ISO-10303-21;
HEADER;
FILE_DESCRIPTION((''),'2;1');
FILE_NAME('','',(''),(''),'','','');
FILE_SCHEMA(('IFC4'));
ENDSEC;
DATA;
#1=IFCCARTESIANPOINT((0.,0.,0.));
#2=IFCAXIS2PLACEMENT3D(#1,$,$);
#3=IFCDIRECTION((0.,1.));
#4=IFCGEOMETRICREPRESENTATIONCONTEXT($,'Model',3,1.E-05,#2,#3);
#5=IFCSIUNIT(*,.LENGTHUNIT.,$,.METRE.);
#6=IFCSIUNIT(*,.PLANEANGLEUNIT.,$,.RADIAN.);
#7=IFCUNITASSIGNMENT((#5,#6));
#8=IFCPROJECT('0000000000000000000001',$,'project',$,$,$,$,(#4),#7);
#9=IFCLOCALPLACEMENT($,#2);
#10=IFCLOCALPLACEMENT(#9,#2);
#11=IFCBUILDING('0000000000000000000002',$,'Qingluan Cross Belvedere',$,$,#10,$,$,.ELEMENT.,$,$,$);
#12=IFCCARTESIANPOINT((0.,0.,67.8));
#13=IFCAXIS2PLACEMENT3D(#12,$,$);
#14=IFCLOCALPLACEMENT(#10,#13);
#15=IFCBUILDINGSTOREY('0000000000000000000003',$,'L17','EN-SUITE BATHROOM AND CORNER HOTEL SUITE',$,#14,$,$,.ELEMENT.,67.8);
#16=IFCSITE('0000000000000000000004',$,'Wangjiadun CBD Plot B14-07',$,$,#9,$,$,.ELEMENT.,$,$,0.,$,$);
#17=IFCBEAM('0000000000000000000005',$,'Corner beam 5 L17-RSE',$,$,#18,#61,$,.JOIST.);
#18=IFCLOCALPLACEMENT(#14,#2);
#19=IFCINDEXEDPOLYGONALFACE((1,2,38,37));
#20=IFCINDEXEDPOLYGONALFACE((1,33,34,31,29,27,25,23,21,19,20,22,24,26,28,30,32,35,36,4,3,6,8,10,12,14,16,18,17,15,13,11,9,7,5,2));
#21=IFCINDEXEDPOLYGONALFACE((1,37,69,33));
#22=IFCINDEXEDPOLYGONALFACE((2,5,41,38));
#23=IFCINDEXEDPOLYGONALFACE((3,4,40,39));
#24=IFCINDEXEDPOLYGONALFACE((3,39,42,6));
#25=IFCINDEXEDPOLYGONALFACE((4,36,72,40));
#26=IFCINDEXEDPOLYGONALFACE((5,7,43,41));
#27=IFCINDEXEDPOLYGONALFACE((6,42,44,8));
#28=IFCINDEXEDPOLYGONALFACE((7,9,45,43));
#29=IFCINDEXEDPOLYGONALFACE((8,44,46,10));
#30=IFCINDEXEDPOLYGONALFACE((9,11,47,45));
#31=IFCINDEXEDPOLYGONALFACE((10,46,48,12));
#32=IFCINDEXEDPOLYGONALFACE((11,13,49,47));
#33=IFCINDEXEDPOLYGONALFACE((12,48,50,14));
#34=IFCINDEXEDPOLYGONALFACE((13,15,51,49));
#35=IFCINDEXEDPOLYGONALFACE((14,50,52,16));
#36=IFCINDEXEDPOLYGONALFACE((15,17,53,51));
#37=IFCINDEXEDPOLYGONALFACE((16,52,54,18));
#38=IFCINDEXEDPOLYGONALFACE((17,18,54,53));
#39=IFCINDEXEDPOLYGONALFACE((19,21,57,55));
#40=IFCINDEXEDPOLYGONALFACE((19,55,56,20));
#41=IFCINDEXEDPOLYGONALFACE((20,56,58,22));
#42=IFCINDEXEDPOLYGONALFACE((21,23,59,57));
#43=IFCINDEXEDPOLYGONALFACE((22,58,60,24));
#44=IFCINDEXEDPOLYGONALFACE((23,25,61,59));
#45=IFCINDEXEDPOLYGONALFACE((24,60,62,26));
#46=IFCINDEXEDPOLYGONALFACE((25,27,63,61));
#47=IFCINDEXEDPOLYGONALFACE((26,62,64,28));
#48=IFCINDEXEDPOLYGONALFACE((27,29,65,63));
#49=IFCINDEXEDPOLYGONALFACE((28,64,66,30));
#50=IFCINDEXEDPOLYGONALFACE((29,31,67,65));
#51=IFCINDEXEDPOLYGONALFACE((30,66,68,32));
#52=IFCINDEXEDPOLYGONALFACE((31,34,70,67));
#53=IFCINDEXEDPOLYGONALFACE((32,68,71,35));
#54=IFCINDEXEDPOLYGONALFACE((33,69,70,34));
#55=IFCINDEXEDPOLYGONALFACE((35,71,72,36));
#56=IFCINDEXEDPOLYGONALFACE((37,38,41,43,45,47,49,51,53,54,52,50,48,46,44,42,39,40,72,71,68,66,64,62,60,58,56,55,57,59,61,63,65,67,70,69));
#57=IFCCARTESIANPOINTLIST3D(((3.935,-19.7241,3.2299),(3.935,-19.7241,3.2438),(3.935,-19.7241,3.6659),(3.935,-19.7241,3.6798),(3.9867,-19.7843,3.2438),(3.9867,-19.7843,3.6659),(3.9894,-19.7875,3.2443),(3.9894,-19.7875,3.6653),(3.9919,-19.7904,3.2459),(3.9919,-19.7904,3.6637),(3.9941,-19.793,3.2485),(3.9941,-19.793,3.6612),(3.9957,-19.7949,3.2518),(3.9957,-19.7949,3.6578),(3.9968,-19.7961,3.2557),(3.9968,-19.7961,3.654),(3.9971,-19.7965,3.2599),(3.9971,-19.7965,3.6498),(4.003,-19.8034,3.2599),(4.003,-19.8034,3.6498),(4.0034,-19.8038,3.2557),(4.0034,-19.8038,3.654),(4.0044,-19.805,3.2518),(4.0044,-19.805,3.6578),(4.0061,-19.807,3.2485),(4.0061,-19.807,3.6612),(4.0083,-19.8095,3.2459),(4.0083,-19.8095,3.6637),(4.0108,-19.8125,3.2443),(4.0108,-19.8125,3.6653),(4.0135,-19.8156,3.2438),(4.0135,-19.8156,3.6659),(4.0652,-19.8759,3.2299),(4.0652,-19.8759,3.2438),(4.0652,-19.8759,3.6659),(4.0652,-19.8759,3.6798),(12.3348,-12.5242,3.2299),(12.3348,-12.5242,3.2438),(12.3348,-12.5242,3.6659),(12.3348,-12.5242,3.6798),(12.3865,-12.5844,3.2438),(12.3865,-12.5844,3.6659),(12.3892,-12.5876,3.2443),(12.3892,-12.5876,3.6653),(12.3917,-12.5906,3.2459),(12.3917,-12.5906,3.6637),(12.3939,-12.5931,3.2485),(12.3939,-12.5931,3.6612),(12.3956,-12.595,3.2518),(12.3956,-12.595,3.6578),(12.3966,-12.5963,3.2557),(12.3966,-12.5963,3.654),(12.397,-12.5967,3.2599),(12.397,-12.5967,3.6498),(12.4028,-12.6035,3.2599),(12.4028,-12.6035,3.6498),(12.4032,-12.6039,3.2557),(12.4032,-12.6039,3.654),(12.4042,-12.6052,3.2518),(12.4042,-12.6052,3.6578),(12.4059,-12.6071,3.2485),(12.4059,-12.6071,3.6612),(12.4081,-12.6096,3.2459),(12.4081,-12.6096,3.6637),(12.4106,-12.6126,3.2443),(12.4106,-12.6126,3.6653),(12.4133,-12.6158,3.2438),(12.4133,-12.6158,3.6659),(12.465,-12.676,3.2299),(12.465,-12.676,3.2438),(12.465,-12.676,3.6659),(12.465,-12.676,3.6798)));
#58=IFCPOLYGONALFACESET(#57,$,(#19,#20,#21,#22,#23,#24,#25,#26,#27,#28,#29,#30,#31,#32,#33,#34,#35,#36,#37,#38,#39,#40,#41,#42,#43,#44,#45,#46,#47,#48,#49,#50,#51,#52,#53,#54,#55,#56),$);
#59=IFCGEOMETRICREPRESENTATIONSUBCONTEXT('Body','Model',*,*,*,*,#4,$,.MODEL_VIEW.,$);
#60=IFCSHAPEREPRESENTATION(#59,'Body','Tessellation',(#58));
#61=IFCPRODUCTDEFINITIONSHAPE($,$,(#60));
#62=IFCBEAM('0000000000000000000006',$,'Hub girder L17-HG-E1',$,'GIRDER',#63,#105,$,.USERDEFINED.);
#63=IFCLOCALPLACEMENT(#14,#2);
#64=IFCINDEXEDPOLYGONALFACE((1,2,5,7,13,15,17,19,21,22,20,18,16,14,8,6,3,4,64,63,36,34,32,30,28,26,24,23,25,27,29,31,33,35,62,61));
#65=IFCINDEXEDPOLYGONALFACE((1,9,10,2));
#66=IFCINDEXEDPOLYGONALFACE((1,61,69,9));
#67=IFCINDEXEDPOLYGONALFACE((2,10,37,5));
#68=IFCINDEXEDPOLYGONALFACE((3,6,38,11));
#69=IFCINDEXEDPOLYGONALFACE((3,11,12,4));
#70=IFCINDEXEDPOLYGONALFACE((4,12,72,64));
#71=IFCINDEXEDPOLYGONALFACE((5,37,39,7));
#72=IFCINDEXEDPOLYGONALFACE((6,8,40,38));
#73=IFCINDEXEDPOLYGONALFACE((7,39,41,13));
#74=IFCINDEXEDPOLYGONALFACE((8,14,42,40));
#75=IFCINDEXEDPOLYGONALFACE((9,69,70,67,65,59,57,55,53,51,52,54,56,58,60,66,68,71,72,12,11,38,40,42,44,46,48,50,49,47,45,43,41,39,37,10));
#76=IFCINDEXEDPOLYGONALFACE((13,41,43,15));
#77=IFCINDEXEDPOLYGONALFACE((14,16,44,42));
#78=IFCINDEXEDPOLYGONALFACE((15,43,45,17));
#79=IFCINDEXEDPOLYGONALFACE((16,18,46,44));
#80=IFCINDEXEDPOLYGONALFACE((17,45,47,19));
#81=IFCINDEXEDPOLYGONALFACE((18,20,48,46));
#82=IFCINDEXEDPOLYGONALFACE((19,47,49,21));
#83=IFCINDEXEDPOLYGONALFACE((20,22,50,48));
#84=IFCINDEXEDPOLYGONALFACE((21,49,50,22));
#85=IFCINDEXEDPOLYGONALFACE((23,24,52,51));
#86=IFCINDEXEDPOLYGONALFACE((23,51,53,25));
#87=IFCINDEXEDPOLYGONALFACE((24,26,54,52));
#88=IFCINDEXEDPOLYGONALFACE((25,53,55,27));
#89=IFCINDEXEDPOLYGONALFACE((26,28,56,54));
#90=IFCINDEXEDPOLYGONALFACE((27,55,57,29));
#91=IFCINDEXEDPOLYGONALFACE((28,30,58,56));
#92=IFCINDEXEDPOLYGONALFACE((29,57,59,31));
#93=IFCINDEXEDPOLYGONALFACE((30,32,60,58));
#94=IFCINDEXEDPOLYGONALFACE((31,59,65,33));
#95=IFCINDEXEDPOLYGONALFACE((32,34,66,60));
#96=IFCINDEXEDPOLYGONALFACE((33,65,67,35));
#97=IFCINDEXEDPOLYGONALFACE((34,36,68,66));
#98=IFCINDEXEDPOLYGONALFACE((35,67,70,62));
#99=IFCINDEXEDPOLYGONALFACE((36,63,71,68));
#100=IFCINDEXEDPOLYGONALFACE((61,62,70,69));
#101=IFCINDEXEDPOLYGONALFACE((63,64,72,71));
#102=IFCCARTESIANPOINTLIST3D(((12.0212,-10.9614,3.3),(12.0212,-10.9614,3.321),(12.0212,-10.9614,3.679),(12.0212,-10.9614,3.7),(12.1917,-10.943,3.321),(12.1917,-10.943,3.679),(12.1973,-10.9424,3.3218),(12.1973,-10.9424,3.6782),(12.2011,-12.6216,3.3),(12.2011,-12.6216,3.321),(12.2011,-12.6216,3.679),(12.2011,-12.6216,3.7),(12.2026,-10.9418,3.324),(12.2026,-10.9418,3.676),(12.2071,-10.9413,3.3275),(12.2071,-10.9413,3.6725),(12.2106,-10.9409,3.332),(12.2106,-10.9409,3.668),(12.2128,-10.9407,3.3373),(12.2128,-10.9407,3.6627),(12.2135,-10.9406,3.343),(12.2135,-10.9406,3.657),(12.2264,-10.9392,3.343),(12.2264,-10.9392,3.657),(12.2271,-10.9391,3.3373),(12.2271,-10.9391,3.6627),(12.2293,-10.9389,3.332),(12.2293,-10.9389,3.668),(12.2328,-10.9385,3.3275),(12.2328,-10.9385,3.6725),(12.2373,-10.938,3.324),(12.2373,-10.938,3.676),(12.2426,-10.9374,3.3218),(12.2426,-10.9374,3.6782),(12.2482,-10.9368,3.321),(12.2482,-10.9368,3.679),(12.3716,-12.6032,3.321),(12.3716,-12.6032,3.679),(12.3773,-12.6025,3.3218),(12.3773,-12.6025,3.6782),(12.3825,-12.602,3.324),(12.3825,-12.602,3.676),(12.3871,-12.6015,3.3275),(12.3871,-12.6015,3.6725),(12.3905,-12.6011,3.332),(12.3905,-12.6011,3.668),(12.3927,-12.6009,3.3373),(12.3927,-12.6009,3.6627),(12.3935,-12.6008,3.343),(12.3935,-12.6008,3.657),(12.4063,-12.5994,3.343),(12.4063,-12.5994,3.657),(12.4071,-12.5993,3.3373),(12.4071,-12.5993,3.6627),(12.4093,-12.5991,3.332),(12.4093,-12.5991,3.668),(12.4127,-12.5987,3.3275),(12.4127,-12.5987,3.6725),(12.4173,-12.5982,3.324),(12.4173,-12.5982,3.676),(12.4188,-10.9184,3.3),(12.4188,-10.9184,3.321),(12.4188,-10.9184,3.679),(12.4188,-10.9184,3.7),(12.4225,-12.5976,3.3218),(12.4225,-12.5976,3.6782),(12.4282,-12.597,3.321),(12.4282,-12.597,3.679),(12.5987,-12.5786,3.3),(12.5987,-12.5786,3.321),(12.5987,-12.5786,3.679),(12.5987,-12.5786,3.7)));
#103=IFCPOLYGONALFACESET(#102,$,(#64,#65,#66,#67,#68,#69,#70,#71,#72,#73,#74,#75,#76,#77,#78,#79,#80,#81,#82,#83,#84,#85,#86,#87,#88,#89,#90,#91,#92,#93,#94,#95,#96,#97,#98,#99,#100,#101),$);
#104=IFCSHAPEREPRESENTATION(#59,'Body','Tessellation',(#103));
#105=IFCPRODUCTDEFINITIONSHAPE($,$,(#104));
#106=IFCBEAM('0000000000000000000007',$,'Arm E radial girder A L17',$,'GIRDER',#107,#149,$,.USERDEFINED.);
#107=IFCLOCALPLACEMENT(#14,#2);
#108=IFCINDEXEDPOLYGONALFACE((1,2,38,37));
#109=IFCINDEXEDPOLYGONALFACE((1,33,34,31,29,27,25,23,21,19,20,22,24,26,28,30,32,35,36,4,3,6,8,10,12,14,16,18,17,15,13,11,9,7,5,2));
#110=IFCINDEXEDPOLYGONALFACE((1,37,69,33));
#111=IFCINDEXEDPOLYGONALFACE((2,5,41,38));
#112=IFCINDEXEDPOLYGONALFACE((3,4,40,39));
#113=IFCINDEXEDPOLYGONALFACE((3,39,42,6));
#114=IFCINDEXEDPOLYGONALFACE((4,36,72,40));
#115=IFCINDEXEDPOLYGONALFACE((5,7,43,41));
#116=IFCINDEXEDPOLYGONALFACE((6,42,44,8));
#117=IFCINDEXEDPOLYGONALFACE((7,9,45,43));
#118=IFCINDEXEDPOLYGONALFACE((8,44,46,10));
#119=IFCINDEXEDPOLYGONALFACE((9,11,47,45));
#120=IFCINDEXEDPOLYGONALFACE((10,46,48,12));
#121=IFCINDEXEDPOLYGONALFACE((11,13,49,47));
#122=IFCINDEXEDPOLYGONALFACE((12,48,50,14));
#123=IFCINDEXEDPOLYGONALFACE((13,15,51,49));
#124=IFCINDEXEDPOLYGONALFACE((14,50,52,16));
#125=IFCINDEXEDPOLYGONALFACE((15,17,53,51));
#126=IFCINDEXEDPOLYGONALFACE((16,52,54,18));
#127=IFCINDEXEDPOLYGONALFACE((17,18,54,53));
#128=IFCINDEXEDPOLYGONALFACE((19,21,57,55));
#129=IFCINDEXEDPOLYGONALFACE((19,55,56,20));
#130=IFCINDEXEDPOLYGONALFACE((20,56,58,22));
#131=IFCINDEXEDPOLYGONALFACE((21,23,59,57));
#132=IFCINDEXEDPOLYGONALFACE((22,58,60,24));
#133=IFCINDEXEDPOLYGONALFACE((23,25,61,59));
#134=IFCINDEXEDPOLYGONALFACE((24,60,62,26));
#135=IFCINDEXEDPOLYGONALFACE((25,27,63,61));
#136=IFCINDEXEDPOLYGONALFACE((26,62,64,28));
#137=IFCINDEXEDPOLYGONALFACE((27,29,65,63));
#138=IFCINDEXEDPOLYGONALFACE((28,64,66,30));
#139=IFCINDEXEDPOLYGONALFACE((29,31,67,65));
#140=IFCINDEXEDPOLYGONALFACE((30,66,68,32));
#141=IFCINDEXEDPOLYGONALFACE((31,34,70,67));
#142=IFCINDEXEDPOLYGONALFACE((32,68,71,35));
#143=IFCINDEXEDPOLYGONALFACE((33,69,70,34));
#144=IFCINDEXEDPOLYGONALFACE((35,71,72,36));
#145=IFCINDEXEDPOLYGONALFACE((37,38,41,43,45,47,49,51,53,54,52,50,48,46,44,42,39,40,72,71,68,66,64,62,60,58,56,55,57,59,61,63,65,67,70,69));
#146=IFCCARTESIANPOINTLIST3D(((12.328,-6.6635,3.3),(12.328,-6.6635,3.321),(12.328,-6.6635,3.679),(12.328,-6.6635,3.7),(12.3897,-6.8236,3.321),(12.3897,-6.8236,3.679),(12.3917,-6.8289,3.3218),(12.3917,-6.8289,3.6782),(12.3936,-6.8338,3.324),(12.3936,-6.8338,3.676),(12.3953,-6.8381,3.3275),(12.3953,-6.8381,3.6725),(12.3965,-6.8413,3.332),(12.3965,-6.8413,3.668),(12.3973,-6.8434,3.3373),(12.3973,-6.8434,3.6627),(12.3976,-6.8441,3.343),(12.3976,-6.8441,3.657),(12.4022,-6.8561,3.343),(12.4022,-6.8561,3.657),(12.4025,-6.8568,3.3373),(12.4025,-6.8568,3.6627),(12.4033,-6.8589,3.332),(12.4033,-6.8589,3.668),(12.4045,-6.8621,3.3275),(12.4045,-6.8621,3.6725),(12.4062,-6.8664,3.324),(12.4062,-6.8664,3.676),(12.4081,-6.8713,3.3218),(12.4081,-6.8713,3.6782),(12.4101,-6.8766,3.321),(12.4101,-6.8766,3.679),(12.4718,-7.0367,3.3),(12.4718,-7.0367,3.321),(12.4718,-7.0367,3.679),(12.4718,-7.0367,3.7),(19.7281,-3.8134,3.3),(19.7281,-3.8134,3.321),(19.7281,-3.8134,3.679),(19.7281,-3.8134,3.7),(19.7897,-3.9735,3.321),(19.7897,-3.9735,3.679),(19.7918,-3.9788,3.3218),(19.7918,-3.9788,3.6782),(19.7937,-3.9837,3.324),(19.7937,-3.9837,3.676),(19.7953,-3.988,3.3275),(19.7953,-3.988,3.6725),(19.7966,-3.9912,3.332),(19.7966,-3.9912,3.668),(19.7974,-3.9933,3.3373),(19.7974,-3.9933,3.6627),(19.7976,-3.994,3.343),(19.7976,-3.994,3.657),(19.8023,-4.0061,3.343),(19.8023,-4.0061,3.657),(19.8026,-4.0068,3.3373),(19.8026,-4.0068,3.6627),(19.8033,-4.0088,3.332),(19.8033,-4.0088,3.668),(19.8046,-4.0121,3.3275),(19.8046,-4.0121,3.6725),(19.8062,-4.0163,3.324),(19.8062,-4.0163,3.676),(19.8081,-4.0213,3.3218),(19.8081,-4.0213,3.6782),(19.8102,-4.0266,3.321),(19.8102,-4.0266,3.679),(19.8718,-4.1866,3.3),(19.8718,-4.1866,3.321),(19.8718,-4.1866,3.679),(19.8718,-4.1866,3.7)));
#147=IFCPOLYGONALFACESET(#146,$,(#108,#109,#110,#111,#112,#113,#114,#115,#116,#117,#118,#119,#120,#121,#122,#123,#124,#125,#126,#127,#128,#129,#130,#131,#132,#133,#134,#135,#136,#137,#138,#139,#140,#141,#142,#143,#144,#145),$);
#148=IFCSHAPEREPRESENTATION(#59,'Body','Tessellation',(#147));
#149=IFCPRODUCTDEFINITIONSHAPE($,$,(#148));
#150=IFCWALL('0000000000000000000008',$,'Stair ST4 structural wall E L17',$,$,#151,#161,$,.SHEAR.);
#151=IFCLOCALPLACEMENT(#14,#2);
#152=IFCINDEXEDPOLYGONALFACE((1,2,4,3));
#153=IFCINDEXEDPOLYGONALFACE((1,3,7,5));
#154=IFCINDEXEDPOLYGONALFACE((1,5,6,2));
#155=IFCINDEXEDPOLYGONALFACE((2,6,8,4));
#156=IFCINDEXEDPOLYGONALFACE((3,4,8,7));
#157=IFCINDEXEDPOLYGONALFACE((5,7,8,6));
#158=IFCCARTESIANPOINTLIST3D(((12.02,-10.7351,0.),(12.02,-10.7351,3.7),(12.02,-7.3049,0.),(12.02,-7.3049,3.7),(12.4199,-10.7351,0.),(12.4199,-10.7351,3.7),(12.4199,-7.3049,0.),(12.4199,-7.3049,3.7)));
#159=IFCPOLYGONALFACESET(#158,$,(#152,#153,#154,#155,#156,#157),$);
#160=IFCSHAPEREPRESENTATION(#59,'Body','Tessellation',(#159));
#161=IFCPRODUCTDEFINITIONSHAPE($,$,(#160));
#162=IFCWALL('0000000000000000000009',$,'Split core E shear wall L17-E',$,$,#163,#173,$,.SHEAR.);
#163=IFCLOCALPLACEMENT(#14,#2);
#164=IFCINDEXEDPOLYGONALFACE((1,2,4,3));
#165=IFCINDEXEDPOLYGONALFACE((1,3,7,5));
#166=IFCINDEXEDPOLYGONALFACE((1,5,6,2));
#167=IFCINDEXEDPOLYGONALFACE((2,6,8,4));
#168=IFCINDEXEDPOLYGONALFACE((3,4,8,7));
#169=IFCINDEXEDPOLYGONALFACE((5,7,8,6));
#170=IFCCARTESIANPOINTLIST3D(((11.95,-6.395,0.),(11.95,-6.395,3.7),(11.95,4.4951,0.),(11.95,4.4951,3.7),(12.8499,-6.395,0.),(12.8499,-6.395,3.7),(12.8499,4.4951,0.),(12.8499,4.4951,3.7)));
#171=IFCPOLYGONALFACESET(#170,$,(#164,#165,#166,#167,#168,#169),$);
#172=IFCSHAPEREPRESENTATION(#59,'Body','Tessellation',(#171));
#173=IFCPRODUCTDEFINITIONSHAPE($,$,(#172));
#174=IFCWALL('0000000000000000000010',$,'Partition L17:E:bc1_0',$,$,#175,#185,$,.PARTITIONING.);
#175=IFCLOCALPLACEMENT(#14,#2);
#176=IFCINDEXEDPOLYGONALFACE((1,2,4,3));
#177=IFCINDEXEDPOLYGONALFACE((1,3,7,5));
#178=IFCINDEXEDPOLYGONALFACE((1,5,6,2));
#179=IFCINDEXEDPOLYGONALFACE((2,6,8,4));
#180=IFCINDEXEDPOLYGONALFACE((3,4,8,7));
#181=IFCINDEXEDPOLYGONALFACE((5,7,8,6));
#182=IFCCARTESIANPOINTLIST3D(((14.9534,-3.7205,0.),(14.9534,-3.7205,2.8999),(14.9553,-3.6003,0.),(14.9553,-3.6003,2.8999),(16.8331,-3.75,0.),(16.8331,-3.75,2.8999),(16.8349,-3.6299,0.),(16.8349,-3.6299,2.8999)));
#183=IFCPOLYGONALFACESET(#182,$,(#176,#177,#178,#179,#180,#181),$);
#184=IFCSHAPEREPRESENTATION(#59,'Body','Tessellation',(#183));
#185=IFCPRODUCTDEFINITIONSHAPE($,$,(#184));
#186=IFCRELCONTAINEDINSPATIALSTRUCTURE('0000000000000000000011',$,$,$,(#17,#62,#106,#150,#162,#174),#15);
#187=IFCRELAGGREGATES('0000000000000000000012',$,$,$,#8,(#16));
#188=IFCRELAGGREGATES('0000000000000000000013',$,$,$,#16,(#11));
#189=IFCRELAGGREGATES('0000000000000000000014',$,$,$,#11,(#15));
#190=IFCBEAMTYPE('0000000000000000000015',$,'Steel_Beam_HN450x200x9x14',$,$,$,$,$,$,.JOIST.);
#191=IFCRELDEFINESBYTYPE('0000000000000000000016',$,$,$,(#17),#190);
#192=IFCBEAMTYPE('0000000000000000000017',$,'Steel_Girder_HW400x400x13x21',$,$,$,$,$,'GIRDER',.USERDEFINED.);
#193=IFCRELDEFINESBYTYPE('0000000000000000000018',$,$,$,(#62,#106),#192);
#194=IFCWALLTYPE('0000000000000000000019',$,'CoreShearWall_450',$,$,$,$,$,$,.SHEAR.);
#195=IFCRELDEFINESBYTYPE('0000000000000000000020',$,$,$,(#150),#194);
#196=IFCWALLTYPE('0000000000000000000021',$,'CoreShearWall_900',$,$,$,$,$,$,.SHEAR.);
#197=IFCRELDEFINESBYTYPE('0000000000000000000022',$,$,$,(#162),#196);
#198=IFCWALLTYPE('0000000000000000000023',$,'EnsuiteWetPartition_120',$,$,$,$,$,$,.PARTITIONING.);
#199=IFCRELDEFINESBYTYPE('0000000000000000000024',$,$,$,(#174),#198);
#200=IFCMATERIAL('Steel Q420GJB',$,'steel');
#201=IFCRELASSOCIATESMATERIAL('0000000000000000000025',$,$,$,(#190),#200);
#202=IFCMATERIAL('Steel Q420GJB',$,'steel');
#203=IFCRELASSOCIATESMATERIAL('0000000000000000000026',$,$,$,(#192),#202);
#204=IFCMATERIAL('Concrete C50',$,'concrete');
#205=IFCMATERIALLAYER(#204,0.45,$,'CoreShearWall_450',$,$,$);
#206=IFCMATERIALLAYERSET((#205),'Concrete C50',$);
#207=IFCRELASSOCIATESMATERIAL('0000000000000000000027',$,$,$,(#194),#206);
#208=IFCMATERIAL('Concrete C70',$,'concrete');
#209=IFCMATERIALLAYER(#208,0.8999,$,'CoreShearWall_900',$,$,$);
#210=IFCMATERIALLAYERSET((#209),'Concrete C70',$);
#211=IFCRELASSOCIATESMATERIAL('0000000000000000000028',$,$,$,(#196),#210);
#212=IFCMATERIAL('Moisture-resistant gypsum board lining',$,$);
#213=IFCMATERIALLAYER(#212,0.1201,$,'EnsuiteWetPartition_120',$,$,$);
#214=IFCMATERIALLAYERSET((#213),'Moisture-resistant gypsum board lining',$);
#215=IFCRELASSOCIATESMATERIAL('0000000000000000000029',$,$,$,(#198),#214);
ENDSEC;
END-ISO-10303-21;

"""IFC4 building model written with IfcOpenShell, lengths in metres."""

from ifc_helpers import new_model, si_unit, direction, frame, frame_2d, origin, origin_2d, place, context, subcontext, project, spatial, rectangle, i_section, extrude, material, layer, layer_set, material_profile, profile_set, type_object, element, save


model = new_model("IFC4")

# Units and contexts
model_context = context("Model", 3, precision=1e-05, world=origin(), true_north=direction((0.0, 1.0)))
body_context = subcontext(model_context, "Body", "Model", "MODEL_VIEW")
ifc_project = project(units=[si_unit("LENGTHUNIT", "METRE"), si_unit("PLANEANGLEUNIT", "RADIAN")], contexts=[model_context])

# Site, building, storey
site_placement = place(None, origin())
site = spatial("IfcSite", under=ifc_project, at=site_placement, Name="Wangjiadun CBD Plot B14-07", CompositionType="ELEMENT", RefElevation=0.0)
building_placement = place(site_placement, origin())
building = spatial("IfcBuilding", under=site, at=building_placement, Name="Qingluan Cross Belvedere", CompositionType="ELEMENT")
storey_placement = place(building_placement, frame((0.0, 0.0, 67.8)))
storey = spatial("IfcBuildingStorey", under=building, at=storey_placement, Name="L17", Description="EN-SUITE BATHROOM AND CORNER HOTEL SUITE", CompositionType="ELEMENT", Elevation=67.8)

# Beams
ifc_material_1 = material(Name="Steel Q420GJB", Category="steel")
ifc_material_profile_1 = material_profile(ifc_material_1, i_section(OverallWidth=0.2, OverallDepth=0.45, WebThickness=0.009, FlangeThickness=0.0139, FilletRadius=0.0161, at=origin_2d()), Name="HN450x200x9x14")
ifc_profile_set_1 = profile_set([ifc_material_profile_1], Name="Steel Q420GJB")
beam_type_1 = type_object("IfcBeamType", Name="Steel_Beam_HN450x200x9x14", PredefinedType="JOIST", material=ifc_profile_set_1)
beam_1_placement = place(storey_placement, frame((12.3999, -12.6001, 3.4548), z_axis=(-0.759255, -0.650793, 0.0), x_axis=(0.650793, -0.759255, 0.0)))
element("IfcBeam", 1, at=beam_1_placement, inside=storey, type_object=beam_type_1, Name="Corner beam 5 L17-RSE", PredefinedType="JOIST", context=body_context, shape_type="SweptSolid", body=[
    extrude(i_section(OverallWidth=0.2, OverallDepth=0.45, WebThickness=0.009, FlangeThickness=0.0139, FilletRadius=0.0161, at=origin_2d()), origin(), (0.0, 0.0, 1.0), 11.0632),
])
ifc_material_2 = material(Name="Steel Q420GJB", Category="steel")
ifc_material_profile_2 = material_profile(ifc_material_2, i_section(OverallWidth=0.3999, OverallDepth=0.3999, WebThickness=0.0129, FlangeThickness=0.021, FilletRadius=0.022, at=origin_2d()), Name="HW400x400x13x21")
ifc_profile_set_2 = profile_set([ifc_material_profile_2], Name="Steel Q420GJB")
beam_type_2 = type_object("IfcBeamType", Name="Steel_Girder_HW400x400x13x21", ElementType="GIRDER", PredefinedType="USERDEFINED", material=ifc_profile_set_2)
beam_2_placement = place(storey_placement, frame((12.3999, -12.6001, 3.5), z_axis=(-0.107751, 0.994178, 0.0), x_axis=(-0.994178, -0.107751, 0.0)))
element("IfcBeam", 2, at=beam_2_placement, inside=storey, type_object=beam_type_2, Name="Hub girder L17-HG-E1", ObjectType="GIRDER", PredefinedType="USERDEFINED", context=body_context, shape_type="SweptSolid", body=[
    extrude(i_section(OverallWidth=0.3999, OverallDepth=0.3999, WebThickness=0.0129, FlangeThickness=0.021, FilletRadius=0.022, at=origin_2d()), origin(), (0.0, 0.0, 1.0), 1.6699),
])
beam_3_placement = place(storey_placement, frame((12.3999, -6.8501, 3.5), z_axis=(0.933181, 0.359406, 0.0), x_axis=(-0.359406, 0.933181, 0.0)))
element("IfcBeam", 3, at=beam_3_placement, inside=storey, type_object=beam_type_2, Name="Arm E radial girder A L17", ObjectType="GIRDER", PredefinedType="USERDEFINED", context=body_context, shape_type="SweptSolid", body=[
    extrude(i_section(OverallWidth=0.3999, OverallDepth=0.3999, WebThickness=0.0129, FlangeThickness=0.021, FilletRadius=0.022, at=origin_2d()), origin(), (0.0, 0.0, 1.0), 7.9299),
])

# Walls
ifc_material_3 = material(Name="Concrete C50", Category="concrete")
ifc_layer_1 = layer(ifc_material_3, 0.45, Name="CoreShearWall_450")
ifc_layer_set_1 = layer_set([ifc_layer_1], Name="Concrete C50")
wall_type_1 = type_object("IfcWallType", Name="CoreShearWall_450", PredefinedType="SHEAR", material=ifc_layer_set_1)
wall_1_placement = place(storey_placement, frame((12.22, -10.7351, 0.0), z_axis=(0.0, 0.0, 1.0), x_axis=(0.0, 1.0, 0.0)))
element("IfcWall", 4, at=wall_1_placement, inside=storey, type_object=wall_type_1, Name="Stair ST4 structural wall E L17", PredefinedType="SHEAR", context=body_context, shape_type="SweptSolid", body=[
    extrude(rectangle(XDim=3.4302, YDim=0.3999, at=frame_2d((1.7151, 0.0))), origin(), (0.0, 0.0, 1.0), 3.7),
])
ifc_material_4 = material(Name="Concrete C70", Category="concrete")
ifc_layer_2 = layer(ifc_material_4, 0.8999, Name="CoreShearWall_900")
ifc_layer_set_2 = layer_set([ifc_layer_2], Name="Concrete C70")
wall_type_2 = type_object("IfcWallType", Name="CoreShearWall_900", PredefinedType="SHEAR", material=ifc_layer_set_2)
wall_2_placement = place(storey_placement, frame((12.3999, -6.395, 0.0), z_axis=(0.0, 0.0, 1.0), x_axis=(0.0, 1.0, 0.0)))
element("IfcWall", 5, at=wall_2_placement, inside=storey, type_object=wall_type_2, Name="Split core E shear wall L17-E", PredefinedType="SHEAR", context=body_context, shape_type="SweptSolid", body=[
    extrude(rectangle(XDim=10.8901, YDim=0.8999, at=frame_2d((5.4451, 0.0))), origin(), (0.0, 0.0, 1.0), 3.7),
])
ifc_material_5 = material(Name="Moisture-resistant gypsum board lining")
ifc_layer_3 = layer(ifc_material_5, 0.1201, Name="EnsuiteWetPartition_120")
ifc_layer_set_3 = layer_set([ifc_layer_3], Name="Moisture-resistant gypsum board lining")
wall_type_3 = type_object("IfcWallType", Name="EnsuiteWetPartition_120", PredefinedType="PARTITIONING", material=ifc_layer_set_3)
wall_3_placement = place(storey_placement, frame((14.9543, -3.6604, 0.0), z_axis=(0.0, 0.0, 1.0), x_axis=(0.999877, -0.015714, 0.0)))
element("IfcWall", 6, at=wall_3_placement, inside=storey, type_object=wall_type_3, Name="Partition L17:E:bc1_0", PredefinedType="PARTITIONING", context=body_context, shape_type="SweptSolid", body=[
    extrude(rectangle(XDim=1.8799, YDim=0.1201, at=frame_2d((0.9399, 0.0))), origin(), (0.0, 0.0, 1.0), 2.8999),
])

save(model, "model.ifc")
